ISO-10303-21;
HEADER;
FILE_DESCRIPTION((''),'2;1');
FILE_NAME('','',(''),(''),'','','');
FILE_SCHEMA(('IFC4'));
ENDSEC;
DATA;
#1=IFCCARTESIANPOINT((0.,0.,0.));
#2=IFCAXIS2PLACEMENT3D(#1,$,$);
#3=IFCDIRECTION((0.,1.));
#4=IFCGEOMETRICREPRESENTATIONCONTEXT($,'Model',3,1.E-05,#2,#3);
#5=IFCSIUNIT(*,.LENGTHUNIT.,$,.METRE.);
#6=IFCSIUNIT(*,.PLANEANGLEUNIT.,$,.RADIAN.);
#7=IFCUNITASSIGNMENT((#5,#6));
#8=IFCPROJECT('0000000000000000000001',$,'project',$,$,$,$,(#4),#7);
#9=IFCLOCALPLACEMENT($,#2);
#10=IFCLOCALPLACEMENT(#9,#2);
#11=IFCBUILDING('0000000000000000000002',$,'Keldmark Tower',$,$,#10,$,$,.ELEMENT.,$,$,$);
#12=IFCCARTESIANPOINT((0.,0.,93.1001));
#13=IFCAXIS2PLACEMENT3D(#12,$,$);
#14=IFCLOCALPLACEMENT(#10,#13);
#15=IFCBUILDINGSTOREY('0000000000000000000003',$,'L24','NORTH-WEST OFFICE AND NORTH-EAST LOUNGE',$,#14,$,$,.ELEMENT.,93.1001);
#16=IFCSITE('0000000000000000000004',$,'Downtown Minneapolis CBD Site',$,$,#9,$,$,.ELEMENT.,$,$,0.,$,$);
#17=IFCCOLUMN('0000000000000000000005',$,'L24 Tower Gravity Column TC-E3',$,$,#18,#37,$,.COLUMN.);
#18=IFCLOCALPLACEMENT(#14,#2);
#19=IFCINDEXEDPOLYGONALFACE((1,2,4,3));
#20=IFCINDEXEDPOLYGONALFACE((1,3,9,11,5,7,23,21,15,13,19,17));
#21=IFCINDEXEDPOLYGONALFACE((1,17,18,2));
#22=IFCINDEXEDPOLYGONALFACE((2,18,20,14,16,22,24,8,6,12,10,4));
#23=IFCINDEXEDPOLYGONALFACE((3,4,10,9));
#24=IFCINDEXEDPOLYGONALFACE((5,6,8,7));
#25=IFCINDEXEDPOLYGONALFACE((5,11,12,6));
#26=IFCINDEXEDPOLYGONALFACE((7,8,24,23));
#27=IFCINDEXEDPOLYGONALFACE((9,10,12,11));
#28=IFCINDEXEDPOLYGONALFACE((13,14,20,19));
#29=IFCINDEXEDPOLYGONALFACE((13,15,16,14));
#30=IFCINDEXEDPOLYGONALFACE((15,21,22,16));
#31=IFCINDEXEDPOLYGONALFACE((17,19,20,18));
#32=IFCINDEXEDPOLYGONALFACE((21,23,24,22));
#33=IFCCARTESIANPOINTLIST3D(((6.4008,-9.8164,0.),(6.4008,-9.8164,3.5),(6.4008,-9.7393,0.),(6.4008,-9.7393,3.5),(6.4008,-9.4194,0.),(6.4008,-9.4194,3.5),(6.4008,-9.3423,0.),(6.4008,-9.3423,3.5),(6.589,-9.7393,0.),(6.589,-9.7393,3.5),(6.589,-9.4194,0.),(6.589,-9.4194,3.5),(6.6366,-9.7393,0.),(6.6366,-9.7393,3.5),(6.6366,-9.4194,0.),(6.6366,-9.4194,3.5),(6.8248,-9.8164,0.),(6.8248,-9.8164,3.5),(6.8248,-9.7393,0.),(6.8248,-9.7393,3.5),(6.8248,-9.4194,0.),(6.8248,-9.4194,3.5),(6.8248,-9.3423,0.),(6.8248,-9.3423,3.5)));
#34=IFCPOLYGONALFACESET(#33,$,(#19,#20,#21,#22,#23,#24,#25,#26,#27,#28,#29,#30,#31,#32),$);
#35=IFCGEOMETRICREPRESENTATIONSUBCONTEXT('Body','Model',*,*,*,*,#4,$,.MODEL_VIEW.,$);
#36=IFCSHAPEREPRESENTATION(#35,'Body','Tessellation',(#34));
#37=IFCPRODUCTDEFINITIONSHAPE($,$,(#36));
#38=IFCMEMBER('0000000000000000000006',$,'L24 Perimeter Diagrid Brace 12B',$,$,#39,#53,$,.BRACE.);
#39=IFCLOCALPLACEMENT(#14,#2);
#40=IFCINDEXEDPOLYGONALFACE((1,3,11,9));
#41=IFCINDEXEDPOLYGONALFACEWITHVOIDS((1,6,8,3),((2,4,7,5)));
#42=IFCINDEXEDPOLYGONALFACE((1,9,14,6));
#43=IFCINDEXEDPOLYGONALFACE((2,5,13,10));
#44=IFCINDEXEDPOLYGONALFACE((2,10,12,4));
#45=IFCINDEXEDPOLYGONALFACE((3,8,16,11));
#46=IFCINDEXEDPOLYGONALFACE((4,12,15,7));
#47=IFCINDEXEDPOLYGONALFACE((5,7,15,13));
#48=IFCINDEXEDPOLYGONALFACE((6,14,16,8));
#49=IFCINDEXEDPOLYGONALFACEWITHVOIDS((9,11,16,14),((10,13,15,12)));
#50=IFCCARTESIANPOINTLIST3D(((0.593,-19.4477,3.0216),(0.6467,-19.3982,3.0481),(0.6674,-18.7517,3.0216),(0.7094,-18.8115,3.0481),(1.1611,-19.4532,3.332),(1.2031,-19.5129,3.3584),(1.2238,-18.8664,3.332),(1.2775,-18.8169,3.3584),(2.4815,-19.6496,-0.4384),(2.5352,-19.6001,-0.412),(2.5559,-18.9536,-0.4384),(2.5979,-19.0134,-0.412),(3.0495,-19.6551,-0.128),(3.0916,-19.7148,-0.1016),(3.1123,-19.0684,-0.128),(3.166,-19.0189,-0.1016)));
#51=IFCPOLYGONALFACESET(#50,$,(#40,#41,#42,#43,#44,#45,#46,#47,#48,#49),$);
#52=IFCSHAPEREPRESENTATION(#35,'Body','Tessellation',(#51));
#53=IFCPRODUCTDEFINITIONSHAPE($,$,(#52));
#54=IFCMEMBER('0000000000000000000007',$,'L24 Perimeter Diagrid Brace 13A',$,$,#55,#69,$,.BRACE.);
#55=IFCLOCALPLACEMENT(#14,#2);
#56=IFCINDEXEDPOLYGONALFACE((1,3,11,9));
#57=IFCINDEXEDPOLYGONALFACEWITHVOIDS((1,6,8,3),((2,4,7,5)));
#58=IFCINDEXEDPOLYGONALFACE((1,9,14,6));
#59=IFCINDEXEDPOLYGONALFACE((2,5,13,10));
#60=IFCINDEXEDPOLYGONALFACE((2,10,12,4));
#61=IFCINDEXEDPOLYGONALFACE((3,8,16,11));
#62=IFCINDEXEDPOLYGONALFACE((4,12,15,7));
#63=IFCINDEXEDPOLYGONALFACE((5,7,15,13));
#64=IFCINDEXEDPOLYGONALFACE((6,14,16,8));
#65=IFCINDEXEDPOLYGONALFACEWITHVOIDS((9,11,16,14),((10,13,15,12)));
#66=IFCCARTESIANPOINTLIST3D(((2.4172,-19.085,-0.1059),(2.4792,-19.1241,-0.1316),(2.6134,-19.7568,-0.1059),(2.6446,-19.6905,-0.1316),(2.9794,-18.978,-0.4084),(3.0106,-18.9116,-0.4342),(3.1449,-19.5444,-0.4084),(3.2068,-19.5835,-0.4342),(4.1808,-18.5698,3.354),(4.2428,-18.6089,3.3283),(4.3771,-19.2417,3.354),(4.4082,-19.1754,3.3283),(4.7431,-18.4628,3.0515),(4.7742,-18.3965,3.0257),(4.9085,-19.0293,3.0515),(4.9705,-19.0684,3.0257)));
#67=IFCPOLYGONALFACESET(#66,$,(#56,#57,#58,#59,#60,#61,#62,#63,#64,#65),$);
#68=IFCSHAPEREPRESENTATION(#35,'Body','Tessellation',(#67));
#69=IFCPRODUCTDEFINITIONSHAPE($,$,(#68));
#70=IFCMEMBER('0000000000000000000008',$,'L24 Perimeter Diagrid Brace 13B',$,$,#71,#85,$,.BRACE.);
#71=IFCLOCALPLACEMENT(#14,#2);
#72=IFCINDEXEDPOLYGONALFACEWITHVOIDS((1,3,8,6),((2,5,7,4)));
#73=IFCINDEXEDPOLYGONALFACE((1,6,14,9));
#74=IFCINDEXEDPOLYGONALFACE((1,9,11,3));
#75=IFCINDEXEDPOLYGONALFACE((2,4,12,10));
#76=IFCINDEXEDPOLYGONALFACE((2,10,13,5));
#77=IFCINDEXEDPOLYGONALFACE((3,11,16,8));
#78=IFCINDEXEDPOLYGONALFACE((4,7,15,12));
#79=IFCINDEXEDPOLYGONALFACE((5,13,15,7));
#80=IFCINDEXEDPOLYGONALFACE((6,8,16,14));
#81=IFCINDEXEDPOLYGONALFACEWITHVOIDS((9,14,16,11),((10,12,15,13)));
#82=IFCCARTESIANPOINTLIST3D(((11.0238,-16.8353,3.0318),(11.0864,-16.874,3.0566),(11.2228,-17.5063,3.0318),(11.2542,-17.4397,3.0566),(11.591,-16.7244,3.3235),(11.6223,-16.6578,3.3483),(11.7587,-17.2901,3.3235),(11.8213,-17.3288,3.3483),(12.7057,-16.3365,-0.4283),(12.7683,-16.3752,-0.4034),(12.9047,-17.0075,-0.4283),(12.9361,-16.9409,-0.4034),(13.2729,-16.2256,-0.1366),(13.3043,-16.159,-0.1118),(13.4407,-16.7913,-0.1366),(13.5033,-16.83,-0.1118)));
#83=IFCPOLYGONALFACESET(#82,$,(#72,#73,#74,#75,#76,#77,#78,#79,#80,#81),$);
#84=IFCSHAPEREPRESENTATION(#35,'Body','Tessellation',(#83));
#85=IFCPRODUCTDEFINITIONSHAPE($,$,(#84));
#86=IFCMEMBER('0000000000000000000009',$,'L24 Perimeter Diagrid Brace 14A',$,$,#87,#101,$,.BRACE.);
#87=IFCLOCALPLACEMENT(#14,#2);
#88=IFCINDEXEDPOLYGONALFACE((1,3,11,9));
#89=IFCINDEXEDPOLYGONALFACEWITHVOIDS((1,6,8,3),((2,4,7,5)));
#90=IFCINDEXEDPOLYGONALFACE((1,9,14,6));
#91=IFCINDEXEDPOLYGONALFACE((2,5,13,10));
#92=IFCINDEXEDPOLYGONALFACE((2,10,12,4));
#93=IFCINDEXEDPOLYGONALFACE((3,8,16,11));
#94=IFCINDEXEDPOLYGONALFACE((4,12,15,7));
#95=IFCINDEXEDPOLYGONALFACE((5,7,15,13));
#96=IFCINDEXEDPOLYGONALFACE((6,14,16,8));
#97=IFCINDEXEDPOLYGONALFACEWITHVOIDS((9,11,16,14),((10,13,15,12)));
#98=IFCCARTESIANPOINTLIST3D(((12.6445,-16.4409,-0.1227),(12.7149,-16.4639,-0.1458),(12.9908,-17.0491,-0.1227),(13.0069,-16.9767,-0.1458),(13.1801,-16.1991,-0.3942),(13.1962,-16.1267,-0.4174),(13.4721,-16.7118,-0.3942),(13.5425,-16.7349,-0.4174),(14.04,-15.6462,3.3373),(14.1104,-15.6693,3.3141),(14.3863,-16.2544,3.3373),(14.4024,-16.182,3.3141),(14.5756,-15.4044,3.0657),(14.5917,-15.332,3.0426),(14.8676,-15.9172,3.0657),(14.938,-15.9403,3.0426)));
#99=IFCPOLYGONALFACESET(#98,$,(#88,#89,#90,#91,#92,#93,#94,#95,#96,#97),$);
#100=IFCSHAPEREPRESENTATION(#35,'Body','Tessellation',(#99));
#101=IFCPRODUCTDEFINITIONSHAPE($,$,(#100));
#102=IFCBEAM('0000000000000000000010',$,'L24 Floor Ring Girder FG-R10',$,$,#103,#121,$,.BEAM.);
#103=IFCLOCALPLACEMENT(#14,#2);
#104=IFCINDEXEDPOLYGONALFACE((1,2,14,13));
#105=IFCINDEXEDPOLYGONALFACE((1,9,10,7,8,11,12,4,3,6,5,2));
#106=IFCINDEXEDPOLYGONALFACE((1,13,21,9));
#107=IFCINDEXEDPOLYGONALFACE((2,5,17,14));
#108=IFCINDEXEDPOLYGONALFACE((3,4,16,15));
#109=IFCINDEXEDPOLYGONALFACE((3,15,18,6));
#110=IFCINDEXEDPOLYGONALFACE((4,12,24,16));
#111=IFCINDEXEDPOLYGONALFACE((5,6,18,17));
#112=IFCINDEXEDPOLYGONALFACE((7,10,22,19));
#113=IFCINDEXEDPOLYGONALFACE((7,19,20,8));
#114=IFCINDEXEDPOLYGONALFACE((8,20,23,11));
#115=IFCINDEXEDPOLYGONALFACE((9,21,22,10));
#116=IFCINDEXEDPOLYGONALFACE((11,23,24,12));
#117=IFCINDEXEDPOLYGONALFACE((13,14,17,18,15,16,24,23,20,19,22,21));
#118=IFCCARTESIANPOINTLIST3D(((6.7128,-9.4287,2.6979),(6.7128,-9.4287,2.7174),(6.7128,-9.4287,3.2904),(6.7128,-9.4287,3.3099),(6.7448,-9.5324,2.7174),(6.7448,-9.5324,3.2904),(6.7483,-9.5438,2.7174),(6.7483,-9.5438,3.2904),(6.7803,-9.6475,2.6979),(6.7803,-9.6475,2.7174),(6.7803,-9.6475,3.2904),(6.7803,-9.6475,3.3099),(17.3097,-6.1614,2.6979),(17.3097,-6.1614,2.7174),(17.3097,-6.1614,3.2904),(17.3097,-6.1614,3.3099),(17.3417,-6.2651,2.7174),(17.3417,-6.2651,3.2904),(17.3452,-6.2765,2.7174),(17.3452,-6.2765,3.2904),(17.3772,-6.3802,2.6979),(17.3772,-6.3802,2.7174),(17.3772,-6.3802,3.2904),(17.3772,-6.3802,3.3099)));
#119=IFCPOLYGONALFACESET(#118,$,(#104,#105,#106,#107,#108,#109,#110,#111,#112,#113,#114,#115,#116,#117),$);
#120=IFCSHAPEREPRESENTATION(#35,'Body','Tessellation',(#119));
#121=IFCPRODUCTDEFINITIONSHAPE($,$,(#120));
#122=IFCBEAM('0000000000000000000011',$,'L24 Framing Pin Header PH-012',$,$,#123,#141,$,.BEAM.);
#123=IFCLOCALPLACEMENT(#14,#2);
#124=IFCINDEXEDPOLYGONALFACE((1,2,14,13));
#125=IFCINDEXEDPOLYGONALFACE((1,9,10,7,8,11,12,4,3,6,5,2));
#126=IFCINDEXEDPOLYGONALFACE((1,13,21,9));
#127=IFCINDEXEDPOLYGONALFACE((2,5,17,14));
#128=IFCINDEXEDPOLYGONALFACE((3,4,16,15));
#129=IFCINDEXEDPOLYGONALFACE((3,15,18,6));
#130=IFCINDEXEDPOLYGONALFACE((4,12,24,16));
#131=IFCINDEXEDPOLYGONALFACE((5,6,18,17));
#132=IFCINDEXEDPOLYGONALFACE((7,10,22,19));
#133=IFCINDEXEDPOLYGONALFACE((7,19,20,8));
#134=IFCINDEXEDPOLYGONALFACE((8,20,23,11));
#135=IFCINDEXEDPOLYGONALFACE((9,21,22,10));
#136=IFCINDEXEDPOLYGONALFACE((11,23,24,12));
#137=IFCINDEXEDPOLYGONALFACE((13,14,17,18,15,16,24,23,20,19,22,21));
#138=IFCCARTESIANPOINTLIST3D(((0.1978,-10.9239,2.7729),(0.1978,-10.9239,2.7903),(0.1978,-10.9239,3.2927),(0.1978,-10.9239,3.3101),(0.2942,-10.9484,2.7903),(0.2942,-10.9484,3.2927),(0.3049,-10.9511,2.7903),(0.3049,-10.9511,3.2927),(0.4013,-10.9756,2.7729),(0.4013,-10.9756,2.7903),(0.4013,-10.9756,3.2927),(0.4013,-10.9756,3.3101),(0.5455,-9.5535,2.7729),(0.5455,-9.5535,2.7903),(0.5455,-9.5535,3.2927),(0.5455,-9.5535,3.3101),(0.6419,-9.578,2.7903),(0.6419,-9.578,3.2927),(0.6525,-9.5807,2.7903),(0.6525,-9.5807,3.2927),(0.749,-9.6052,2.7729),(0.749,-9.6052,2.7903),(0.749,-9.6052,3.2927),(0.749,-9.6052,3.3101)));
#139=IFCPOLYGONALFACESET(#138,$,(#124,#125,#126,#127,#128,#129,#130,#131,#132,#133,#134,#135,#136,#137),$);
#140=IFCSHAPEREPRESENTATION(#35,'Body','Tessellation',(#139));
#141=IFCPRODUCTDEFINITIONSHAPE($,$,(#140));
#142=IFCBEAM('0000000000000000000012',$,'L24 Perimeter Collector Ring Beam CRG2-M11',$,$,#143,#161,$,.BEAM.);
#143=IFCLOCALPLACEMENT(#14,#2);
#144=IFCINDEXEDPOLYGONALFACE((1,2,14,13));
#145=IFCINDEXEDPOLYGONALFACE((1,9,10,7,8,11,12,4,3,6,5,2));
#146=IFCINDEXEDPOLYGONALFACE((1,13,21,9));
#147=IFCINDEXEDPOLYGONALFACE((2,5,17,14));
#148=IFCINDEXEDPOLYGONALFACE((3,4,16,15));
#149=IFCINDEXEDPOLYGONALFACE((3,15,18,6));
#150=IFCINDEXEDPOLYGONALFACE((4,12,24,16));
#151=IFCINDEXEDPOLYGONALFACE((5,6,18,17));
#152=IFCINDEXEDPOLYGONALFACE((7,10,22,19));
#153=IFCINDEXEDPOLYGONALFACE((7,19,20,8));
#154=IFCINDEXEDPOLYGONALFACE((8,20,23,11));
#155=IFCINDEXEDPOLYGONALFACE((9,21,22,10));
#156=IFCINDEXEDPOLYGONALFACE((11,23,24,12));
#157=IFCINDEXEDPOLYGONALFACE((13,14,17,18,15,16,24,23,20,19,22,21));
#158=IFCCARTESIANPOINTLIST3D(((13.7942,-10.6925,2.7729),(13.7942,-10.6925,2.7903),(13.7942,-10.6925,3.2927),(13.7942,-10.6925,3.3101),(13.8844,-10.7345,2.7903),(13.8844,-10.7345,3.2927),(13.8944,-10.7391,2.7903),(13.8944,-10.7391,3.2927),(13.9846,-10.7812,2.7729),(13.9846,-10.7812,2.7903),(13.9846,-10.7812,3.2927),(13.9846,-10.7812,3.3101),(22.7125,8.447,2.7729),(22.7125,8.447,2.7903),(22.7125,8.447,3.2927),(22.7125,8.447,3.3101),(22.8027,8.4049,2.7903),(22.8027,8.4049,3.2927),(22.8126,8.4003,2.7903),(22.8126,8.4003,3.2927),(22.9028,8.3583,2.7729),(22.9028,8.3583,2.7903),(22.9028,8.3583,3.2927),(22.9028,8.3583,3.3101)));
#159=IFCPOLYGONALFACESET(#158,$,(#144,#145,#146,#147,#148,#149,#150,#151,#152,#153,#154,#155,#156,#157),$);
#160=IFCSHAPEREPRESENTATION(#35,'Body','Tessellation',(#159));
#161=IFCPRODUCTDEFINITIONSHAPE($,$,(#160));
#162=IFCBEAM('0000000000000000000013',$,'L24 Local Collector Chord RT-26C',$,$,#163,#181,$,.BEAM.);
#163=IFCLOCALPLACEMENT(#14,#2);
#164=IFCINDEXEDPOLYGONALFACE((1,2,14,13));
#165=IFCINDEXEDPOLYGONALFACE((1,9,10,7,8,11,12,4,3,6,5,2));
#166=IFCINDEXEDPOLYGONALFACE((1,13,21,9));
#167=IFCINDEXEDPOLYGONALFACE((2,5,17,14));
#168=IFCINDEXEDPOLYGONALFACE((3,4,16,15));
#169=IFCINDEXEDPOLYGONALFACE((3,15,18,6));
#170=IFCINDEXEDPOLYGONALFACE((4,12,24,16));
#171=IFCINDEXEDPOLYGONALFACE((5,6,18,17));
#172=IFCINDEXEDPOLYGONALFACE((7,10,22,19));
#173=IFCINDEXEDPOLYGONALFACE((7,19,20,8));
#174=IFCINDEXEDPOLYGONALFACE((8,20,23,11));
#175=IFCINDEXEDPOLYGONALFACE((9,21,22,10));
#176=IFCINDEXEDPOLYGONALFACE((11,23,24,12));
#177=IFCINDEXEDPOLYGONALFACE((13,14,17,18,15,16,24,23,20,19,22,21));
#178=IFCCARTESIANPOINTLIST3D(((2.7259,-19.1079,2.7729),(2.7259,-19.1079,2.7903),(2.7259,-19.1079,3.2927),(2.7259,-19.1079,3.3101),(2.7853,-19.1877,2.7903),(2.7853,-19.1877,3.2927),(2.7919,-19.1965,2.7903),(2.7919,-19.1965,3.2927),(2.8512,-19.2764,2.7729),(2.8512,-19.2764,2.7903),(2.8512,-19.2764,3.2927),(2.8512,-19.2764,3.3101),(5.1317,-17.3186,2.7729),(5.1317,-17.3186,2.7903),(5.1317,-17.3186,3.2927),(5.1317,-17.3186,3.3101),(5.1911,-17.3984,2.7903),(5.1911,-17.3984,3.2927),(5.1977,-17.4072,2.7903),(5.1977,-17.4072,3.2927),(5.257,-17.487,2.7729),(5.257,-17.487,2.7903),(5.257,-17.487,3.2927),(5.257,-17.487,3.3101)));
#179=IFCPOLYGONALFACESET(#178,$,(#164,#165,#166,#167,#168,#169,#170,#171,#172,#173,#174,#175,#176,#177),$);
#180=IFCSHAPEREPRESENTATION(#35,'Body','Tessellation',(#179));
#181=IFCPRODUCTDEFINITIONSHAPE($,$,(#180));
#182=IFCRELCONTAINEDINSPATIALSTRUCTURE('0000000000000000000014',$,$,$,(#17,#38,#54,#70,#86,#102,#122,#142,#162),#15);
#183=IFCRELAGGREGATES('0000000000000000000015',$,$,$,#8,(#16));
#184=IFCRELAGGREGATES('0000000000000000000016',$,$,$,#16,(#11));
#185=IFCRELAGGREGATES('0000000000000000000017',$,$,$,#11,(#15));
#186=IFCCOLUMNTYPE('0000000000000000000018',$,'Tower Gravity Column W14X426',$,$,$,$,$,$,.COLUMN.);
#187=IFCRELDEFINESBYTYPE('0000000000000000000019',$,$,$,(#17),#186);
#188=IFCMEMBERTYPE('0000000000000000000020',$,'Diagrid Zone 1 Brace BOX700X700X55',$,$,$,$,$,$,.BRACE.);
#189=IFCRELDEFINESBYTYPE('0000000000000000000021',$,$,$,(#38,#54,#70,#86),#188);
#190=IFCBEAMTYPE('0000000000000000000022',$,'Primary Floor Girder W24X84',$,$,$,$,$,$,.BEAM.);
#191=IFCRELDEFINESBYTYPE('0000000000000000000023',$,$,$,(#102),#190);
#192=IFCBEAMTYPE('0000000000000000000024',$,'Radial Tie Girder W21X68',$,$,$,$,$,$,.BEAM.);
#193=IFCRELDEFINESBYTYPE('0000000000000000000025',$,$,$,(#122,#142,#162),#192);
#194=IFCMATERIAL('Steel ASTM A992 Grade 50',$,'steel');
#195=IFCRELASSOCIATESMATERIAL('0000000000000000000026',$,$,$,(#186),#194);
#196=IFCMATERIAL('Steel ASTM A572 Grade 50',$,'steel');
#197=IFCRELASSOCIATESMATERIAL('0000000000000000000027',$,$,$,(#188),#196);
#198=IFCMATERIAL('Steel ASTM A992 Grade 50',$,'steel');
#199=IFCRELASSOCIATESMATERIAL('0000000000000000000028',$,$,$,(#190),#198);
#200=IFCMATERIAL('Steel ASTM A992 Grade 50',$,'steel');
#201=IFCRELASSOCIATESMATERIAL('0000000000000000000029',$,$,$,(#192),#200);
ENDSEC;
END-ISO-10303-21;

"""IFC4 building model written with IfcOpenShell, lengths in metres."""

from ifc_helpers import new_model, si_unit, direction, frame, origin, origin_2d, place, context, subcontext, project, spatial, hollow_rectangle, i_section, extrude, material, material_profile, profile_set, type_object, element, save


model = new_model("IFC4")

# Units and contexts
model_context = context("Model", 3, precision=1e-05, world=origin(), true_north=direction((0.0, 1.0)))
body_context = subcontext(model_context, "Body", "Model", "MODEL_VIEW")
ifc_project = project(units=[si_unit("LENGTHUNIT", "METRE"), si_unit("PLANEANGLEUNIT", "RADIAN")], contexts=[model_context])

# Site, building, storey
site_placement = place(None, origin())
site = spatial("IfcSite", under=ifc_project, at=site_placement, Name="Downtown Minneapolis CBD Site", CompositionType="ELEMENT", RefElevation=0.0)
building_placement = place(site_placement, origin())
building = spatial("IfcBuilding", under=site, at=building_placement, Name="Keldmark Tower", CompositionType="ELEMENT")
storey_placement = place(building_placement, frame((0.0, 0.0, 93.1001)))
storey = spatial("IfcBuildingStorey", under=building, at=storey_placement, Name="L24", Description="NORTH-WEST OFFICE AND NORTH-EAST LOUNGE", CompositionType="ELEMENT", Elevation=93.1001)

# Column
ifc_material_1 = material(Name="Steel ASTM A992 Grade 50", Category="steel")
ifc_material_profile_1 = material_profile(ifc_material_1, i_section(OverallWidth=0.4241, OverallDepth=0.4741, WebThickness=0.0476, FlangeThickness=0.0771, at=origin_2d()), Name="W14X426")
ifc_profile_set_1 = profile_set([ifc_material_profile_1], Name="Steel ASTM A992 Grade 50")
column_type = type_object("IfcColumnType", Name="Tower Gravity Column W14X426", PredefinedType="COLUMN", material=ifc_profile_set_1)
column_placement = place(storey_placement, frame((6.6128, -9.5793, 0.0), z_axis=(0.0, 0.0, 1.0), x_axis=(1.0, 0.0, 0.0)))
element("IfcColumn", 1, at=column_placement, inside=storey, type_object=column_type, Name="L24 Tower Gravity Column TC-E3", PredefinedType="COLUMN", context=body_context, shape_type="SweptSolid", body=[
    extrude(i_section(OverallWidth=0.4241, OverallDepth=0.4741, WebThickness=0.0476, FlangeThickness=0.0771, at=origin_2d()), origin(), (0.0, 0.0, 1.0), 3.5),
])

# Members
ifc_material_2 = material(Name="Steel ASTM A572 Grade 50", Category="steel")
ifc_material_profile_2 = material_profile(ifc_material_2, hollow_rectangle(XDim=0.7, YDim=0.7, WallThickness=0.0549, at=origin_2d()), Name="BOX700X700X55")
ifc_profile_set_2 = profile_set([ifc_material_profile_2], Name="Steel ASTM A572 Grade 50")
member_type = type_object("IfcMemberType", Name="Diagrid Zone 1 Brace BOX700X700X55", PredefinedType="BRACE", material=ifc_profile_set_2)
member_1_placement = place(storey_placement, frame((2.8237, -19.3342, -0.27), z_axis=(-0.478455, 0.051155, 0.876621), x_axis=(-0.106311, -0.994333, 0.0)))
element("IfcMember", 2, at=member_1_placement, inside=storey, type_object=member_type, Name="L24 Perimeter Diagrid Brace 12B", PredefinedType="BRACE", context=body_context, shape_type="SweptSolid", body=[
    extrude(hollow_rectangle(XDim=0.7, YDim=0.7, WallThickness=0.0549, at=origin_2d()), origin(), (0.0, 0.0, 1.0), 3.947),
])
member_2_placement = place(storey_placement, frame((2.812, -19.3342, -0.27), z_axis=(0.450197, 0.131494, 0.883194), x_axis=(-0.280367, 0.959893, 0.0)))
element("IfcMember", 3, at=member_2_placement, inside=storey, type_object=member_type, Name="L24 Perimeter Diagrid Brace 13A", PredefinedType="BRACE", context=body_context, shape_type="SweptSolid", body=[
    extrude(hollow_rectangle(XDim=0.7, YDim=0.7, WallThickness=0.0549, at=origin_2d()), origin(), (0.0, 0.0, 1.0), 3.9175),
])
member_3_placement = place(storey_placement, frame((13.1045, -16.5833, -0.27), z_axis=(-0.433555, -0.128575, 0.891907), x_axis=(0.284321, -0.958729, 0.0)))
element("IfcMember", 4, at=member_3_placement, inside=storey, type_object=member_type, Name="L24 Perimeter Diagrid Brace 13B", PredefinedType="BRACE", context=body_context, shape_type="SweptSolid", body=[
    extrude(hollow_rectangle(XDim=0.7, YDim=0.7, WallThickness=0.0549, at=origin_2d()), origin(), (0.0, 0.0, 1.0), 3.8794),
])
member_4_placement = place(storey_placement, frame((13.0935, -16.5879, -0.27), z_axis=(0.365845, 0.208332, 0.907059), x_axis=(-0.494845, 0.868981, 0.0)))
element("IfcMember", 5, at=member_4_placement, inside=storey, type_object=member_type, Name="L24 Perimeter Diagrid Brace 14A", PredefinedType="BRACE", context=body_context, shape_type="SweptSolid", body=[
    extrude(hollow_rectangle(XDim=0.7, YDim=0.7, WallThickness=0.0549, at=origin_2d()), origin(), (0.0, 0.0, 1.0), 3.8145),
])

# Beams
ifc_material_3 = material(Name="Steel ASTM A992 Grade 50", Category="steel")
ifc_material_profile_3 = material_profile(ifc_material_3, i_section(OverallWidth=0.229, OverallDepth=0.6121, WebThickness=0.012, FlangeThickness=0.0195, at=origin_2d()), Name="W24X84")
ifc_profile_set_3 = profile_set([ifc_material_profile_3], Name="Steel ASTM A992 Grade 50")
beam_type_1 = type_object("IfcBeamType", Name="Primary Floor Girder W24X84", PredefinedType="BEAM", material=ifc_profile_set_3)
beam_1_placement = place(storey_placement, frame((6.7466, -9.5381, 3.0039), z_axis=(0.955608, 0.294641, 0.0), x_axis=(-0.294641, 0.955608, 0.0)))
element("IfcBeam", 6, at=beam_1_placement, inside=storey, type_object=beam_type_1, Name="L24 Floor Ring Girder FG-R10", PredefinedType="BEAM", context=body_context, shape_type="SweptSolid", body=[
    extrude(i_section(OverallWidth=0.229, OverallDepth=0.6121, WebThickness=0.012, FlangeThickness=0.0195, at=origin_2d()), origin(), (0.0, 0.0, 1.0), 11.0891),
])
ifc_material_4 = material(Name="Steel ASTM A992 Grade 50", Category="steel")
ifc_material_profile_4 = material_profile(ifc_material_4, i_section(OverallWidth=0.21, OverallDepth=0.5371, WebThickness=0.011, FlangeThickness=0.0173, at=origin_2d()), Name="W21X68")
ifc_profile_set_4 = profile_set([ifc_material_profile_4], Name="Steel ASTM A992 Grade 50")
beam_type_2 = type_object("IfcBeamType", Name="Radial Tie Girder W21X68", PredefinedType="BEAM", material=ifc_profile_set_4)
beam_2_placement = place(storey_placement, frame((0.6472, -9.5793, 3.0415), z_axis=(-0.245907, -0.969294, 0.0), x_axis=(0.969294, -0.245907, 0.0)))
element("IfcBeam", 7, at=beam_2_placement, inside=storey, type_object=beam_type_2, Name="L24 Framing Pin Header PH-012", PredefinedType="BEAM", context=body_context, shape_type="SweptSolid", body=[
    extrude(i_section(OverallWidth=0.21, OverallDepth=0.5371, WebThickness=0.011, FlangeThickness=0.0173, at=origin_2d()), origin(), (0.0, 0.0, 1.0), 1.4138),
])
beam_3_placement = place(storey_placement, frame((13.8894, -10.7368, 3.0415), z_axis=(0.42236, 0.906428, 0.0), x_axis=(-0.906428, 0.42236, 0.0)))
element("IfcBeam", 8, at=beam_3_placement, inside=storey, type_object=beam_type_2, Name="L24 Perimeter Collector Ring Beam CRG2-M11", PredefinedType="BEAM", context=body_context, shape_type="SweptSolid", body=[
    extrude(i_section(OverallWidth=0.21, OverallDepth=0.5371, WebThickness=0.011, FlangeThickness=0.0173, at=origin_2d()), origin(), (0.0, 0.0, 1.0), 21.1152),
])
beam_4_placement = place(storey_placement, frame((2.7886, -19.1921, 3.0415), z_axis=(0.802397, 0.59679, 0.0), x_axis=(-0.59679, 0.802397, 0.0)))
element("IfcBeam", 9, at=beam_4_placement, inside=storey, type_object=beam_type_2, Name="L24 Local Collector Chord RT-26C", PredefinedType="BEAM", context=body_context, shape_type="SweptSolid", body=[
    extrude(i_section(OverallWidth=0.21, OverallDepth=0.5371, WebThickness=0.011, FlangeThickness=0.0173, at=origin_2d()), origin(), (0.0, 0.0, 1.0), 2.9983),
])

save(model, "model.ifc")
